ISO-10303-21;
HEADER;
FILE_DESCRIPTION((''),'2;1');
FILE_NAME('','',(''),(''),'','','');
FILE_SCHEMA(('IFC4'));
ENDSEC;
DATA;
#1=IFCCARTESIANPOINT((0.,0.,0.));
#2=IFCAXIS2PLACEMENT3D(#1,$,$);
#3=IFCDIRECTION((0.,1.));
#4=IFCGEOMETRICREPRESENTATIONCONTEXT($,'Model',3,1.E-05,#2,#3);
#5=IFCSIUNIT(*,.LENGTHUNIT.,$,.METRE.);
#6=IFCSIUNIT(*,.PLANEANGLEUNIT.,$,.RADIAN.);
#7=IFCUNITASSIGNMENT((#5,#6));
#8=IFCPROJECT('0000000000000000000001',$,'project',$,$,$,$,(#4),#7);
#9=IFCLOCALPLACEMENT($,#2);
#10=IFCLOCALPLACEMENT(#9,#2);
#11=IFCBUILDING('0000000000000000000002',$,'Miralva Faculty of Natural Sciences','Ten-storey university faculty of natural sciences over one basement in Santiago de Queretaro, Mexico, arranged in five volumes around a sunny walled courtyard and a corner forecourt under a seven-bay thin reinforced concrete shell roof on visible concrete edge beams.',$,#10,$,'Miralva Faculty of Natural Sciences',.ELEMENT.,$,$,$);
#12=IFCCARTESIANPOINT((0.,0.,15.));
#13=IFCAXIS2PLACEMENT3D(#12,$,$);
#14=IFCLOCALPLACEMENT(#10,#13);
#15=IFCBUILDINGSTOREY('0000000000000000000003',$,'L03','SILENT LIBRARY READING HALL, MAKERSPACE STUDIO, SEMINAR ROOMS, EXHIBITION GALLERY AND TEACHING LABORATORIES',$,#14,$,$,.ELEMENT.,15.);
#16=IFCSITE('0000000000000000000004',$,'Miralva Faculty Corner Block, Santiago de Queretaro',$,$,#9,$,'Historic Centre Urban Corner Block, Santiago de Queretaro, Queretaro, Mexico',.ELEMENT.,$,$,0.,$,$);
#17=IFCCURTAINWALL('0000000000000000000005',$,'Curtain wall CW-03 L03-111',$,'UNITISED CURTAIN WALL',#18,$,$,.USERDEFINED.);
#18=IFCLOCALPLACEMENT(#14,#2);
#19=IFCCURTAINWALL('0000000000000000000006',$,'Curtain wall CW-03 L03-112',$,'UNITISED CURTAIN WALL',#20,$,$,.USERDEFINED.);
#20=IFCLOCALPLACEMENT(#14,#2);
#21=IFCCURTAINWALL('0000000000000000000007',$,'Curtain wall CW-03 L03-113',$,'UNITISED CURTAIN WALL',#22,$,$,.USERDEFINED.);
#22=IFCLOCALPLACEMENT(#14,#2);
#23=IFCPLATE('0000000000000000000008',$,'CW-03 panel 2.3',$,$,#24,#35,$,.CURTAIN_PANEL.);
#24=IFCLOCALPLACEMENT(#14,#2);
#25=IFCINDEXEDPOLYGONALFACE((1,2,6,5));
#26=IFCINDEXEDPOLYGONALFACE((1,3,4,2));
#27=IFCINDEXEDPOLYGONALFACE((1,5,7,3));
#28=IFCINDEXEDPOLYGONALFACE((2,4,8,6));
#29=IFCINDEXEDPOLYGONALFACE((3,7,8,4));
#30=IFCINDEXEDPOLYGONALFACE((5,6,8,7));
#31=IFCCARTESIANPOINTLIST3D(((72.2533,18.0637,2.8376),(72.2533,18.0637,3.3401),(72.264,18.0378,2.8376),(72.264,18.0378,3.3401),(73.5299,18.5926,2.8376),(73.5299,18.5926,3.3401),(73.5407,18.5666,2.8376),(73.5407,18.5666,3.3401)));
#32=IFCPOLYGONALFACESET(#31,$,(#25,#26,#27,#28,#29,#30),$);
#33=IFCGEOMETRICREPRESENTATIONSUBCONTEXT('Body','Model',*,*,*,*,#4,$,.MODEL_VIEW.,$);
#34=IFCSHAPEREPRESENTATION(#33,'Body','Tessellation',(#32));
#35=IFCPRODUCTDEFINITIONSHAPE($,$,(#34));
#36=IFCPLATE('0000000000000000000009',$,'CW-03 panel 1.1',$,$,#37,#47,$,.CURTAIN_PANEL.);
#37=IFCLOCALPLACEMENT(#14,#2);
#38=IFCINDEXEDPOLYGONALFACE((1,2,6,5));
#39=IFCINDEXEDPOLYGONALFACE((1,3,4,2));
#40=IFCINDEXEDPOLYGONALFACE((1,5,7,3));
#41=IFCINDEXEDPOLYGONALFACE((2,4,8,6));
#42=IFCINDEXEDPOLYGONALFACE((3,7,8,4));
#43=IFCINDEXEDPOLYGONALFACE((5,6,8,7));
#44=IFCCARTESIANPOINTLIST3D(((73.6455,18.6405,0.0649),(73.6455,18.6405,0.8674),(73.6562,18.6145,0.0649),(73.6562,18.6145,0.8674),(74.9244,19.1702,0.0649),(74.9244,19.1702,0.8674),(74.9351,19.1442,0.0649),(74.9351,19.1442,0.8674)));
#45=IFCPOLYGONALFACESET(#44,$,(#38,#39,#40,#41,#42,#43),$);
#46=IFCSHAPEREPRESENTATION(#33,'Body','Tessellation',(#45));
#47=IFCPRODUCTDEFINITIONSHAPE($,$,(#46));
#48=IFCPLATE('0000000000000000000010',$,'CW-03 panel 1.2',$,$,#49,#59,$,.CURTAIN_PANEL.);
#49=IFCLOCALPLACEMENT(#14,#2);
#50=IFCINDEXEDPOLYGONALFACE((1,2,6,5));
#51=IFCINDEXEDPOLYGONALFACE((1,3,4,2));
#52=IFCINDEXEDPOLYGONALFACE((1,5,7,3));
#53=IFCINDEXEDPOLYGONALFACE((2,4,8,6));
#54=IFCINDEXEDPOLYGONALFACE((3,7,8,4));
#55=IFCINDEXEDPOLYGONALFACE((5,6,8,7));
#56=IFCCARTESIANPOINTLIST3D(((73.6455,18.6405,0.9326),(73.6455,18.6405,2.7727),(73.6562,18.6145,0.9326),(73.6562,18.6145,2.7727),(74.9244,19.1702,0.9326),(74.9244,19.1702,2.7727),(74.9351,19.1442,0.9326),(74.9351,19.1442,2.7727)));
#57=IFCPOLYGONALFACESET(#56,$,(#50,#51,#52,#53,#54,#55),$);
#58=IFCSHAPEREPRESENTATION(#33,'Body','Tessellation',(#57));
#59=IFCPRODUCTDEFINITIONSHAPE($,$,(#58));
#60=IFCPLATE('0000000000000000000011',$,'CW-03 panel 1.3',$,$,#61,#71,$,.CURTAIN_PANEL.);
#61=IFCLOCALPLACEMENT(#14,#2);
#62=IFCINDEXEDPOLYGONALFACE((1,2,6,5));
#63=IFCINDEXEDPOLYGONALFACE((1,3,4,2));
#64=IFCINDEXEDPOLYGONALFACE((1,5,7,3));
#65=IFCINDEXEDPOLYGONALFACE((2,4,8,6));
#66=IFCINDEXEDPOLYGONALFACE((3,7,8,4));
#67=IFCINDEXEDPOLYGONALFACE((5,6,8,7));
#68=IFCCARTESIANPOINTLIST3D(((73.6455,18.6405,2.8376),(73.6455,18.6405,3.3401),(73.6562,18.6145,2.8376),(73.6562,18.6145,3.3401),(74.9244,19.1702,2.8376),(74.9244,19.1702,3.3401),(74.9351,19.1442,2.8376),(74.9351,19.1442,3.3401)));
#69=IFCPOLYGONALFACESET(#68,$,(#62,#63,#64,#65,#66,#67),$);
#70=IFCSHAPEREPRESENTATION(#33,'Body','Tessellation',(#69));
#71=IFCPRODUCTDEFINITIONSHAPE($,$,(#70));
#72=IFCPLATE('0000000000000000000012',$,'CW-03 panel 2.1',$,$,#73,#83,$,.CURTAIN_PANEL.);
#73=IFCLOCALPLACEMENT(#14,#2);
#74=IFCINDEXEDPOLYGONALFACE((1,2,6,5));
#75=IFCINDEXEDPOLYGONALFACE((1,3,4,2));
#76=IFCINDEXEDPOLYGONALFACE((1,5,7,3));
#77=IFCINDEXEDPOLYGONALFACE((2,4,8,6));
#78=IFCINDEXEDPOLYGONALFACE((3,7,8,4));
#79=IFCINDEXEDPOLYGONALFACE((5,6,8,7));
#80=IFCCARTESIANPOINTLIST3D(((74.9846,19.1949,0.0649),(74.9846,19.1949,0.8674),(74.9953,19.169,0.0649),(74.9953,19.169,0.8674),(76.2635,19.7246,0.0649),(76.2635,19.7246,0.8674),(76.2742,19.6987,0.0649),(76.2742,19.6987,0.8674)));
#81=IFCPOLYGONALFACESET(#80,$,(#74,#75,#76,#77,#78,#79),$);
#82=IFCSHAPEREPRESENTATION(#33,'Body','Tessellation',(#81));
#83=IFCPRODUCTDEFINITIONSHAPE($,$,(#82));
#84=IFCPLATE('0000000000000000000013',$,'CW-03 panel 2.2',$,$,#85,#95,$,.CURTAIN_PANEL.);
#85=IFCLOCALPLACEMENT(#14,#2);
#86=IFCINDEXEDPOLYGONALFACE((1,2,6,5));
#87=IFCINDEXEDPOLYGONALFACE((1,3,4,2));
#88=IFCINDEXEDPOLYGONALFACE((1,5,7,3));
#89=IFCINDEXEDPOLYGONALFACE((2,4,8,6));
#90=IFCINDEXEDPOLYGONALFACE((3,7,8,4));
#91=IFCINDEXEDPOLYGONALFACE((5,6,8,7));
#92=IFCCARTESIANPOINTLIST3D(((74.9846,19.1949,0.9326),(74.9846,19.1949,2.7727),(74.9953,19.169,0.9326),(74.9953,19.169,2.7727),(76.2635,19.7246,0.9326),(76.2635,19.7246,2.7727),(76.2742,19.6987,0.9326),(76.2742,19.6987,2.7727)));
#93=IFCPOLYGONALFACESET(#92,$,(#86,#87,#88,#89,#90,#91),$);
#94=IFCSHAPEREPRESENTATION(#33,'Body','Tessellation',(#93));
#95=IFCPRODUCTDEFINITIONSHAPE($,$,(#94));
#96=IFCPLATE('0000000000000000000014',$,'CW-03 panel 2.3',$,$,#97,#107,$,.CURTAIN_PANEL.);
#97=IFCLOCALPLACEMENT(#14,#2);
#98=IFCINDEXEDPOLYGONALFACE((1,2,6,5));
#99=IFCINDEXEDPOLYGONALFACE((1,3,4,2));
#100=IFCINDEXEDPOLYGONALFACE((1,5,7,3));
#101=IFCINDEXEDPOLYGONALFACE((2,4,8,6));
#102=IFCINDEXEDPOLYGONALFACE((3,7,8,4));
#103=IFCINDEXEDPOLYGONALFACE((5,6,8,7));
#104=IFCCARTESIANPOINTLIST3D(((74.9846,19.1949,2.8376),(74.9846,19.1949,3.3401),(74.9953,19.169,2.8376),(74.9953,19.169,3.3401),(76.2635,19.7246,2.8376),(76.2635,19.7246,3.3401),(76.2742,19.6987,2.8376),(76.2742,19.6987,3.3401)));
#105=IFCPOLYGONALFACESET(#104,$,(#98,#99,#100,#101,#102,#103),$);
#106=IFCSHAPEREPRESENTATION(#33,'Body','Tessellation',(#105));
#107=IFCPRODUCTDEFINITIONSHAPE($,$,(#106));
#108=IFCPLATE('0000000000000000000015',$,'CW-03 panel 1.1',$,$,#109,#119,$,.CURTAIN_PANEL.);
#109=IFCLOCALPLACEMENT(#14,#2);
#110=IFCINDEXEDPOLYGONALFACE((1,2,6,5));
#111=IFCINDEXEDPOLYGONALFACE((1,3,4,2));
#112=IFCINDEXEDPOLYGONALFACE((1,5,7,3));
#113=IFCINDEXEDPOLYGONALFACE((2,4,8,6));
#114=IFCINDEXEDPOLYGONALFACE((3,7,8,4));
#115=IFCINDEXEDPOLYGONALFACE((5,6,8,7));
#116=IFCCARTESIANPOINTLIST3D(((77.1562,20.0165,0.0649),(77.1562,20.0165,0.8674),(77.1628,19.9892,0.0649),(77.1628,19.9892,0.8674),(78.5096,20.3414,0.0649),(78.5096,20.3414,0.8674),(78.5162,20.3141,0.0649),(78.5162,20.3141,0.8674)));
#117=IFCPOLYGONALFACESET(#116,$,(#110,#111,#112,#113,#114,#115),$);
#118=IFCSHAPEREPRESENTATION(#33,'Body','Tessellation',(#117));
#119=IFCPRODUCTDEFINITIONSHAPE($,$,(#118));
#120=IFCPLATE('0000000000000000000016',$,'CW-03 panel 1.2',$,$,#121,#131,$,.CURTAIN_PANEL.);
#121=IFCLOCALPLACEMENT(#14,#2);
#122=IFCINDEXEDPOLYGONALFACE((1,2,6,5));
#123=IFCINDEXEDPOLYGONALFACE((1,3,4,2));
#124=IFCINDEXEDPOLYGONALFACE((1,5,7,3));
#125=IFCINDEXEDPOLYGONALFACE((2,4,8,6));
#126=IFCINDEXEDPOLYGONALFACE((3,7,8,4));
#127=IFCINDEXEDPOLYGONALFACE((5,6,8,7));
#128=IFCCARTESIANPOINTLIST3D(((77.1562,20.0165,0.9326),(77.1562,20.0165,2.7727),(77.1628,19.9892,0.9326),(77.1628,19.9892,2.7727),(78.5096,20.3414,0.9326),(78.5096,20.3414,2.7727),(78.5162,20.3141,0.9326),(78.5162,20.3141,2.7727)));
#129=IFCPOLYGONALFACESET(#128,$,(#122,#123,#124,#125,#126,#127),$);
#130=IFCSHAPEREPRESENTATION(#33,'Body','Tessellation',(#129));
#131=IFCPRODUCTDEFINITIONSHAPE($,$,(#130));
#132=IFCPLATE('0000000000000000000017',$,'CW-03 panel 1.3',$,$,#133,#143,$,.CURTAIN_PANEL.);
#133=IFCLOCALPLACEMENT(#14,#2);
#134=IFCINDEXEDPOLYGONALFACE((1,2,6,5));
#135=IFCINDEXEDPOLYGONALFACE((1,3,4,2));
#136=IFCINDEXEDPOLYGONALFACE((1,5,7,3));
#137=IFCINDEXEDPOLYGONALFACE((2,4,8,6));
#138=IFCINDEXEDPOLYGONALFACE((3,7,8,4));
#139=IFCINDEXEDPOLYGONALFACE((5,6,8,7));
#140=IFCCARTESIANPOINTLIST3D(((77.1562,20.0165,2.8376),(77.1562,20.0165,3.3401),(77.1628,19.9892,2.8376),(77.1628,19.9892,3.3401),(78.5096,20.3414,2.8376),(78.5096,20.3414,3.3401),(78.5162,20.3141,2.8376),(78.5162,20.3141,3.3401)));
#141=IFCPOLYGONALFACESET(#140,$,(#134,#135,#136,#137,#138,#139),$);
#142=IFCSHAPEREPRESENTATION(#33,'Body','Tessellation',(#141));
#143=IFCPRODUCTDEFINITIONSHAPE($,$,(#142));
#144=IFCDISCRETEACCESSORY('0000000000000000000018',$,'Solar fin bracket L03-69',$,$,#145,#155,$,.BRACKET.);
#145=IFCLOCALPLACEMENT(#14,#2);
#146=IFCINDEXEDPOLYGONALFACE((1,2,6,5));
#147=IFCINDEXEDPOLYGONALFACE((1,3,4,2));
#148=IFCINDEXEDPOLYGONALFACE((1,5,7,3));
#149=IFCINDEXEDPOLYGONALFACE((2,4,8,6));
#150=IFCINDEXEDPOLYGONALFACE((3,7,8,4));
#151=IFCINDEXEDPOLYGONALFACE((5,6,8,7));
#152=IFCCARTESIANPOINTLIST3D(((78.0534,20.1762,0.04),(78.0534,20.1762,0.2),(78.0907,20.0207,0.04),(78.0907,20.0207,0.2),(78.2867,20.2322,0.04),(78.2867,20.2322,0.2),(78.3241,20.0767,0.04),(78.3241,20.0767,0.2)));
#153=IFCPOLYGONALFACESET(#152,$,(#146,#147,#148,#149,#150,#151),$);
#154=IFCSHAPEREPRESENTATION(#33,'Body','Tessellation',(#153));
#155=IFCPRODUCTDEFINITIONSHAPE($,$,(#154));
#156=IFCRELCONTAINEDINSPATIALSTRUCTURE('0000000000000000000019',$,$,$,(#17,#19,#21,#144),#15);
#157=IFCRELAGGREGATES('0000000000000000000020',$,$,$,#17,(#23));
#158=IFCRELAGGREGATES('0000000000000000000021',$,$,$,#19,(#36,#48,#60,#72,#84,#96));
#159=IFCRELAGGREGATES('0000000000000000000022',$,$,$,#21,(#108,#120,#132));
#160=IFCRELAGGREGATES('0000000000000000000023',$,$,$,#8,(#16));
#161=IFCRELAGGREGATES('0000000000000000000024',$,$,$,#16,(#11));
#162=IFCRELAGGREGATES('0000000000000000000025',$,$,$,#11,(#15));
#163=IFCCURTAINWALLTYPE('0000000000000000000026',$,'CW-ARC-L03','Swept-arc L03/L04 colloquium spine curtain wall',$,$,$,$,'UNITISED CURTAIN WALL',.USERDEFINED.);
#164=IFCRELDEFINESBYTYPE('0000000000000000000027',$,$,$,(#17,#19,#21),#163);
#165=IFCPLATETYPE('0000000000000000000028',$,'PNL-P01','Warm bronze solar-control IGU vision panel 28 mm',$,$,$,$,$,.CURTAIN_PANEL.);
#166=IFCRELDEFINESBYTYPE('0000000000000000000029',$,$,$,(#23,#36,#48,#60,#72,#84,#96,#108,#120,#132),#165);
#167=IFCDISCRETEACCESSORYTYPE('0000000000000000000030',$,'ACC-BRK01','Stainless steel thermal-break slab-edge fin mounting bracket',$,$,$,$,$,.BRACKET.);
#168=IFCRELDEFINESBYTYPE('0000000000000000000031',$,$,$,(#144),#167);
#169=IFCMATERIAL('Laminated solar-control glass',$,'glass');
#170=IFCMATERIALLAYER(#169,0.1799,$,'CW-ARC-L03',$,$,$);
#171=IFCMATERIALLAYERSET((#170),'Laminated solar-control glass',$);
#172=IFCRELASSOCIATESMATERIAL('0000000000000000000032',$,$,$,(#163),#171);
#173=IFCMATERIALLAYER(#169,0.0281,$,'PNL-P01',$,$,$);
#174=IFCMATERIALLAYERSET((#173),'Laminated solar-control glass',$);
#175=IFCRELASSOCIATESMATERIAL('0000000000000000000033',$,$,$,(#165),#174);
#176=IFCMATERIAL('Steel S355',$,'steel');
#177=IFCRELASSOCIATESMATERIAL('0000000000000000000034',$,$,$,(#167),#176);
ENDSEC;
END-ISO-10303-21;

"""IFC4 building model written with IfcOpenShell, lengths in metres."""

from ifc_helpers import new_model, si_unit, direction, frame, origin, origin_2d, place, context, subcontext, project, spatial, rectangle, extrude, material, layer, layer_set, type_object, element, aggregate, save


model = new_model("IFC4")

# Units and contexts
model_context = context("Model", 3, precision=1e-05, world=origin(), true_north=direction((0.0, 1.0)))
body_context = subcontext(model_context, "Body", "Model", "MODEL_VIEW")
ifc_project = project(units=[si_unit("LENGTHUNIT", "METRE"), si_unit("PLANEANGLEUNIT", "RADIAN")], contexts=[model_context])

# Site, building, storey
site_placement = place(None, origin())
site = spatial("IfcSite", under=ifc_project, at=site_placement, Name="Miralva Faculty Corner Block, Santiago de Queretaro", LongName="Historic Centre Urban Corner Block, Santiago de Queretaro, Queretaro, Mexico", CompositionType="ELEMENT", RefElevation=0.0)
building_placement = place(site_placement, origin())
building = spatial("IfcBuilding", under=site, at=building_placement, Name="Miralva Faculty of Natural Sciences", Description="Ten-storey university faculty of natural sciences over one basement in Santiago de Queretaro, Mexico, arranged in five volumes around a sunny walled courtyard and a corner forecourt under a seven-bay thin reinforced concrete shell roof on visible concrete edge beams.", LongName="Miralva Faculty of Natural Sciences", CompositionType="ELEMENT")
storey_placement = place(building_placement, frame((0.0, 0.0, 15.0)))
storey = spatial("IfcBuildingStorey", under=building, at=storey_placement, Name="L03", Description="SILENT LIBRARY READING HALL, MAKERSPACE STUDIO, SEMINAR ROOMS, EXHIBITION GALLERY AND TEACHING LABORATORIES", CompositionType="ELEMENT", Elevation=15.0)

# Curtain walls
ifc_material_1 = material(Name="Laminated solar-control glass", Category="glass")
ifc_layer_1 = layer(ifc_material_1, 0.1799, Name="CW-ARC-L03")
ifc_layer_set_1 = layer_set([ifc_layer_1], Name="Laminated solar-control glass")
curtain_wall_type = type_object("IfcCurtainWallType", Name="CW-ARC-L03", Description="Swept-arc L03/L04 colloquium spine curtain wall", ElementType="UNITISED CURTAIN WALL", PredefinedType="USERDEFINED", material=ifc_layer_set_1)
curtain_wall_1_placement = place(storey_placement, origin())
curtain_wall_1 = element("IfcCurtainWall", 1, at=curtain_wall_1_placement, inside=storey, type_object=curtain_wall_type, Name="Curtain wall CW-03 L03-111", ObjectType="UNITISED CURTAIN WALL", PredefinedType="USERDEFINED")
curtain_wall_2_placement = place(storey_placement, origin())
curtain_wall_2 = element("IfcCurtainWall", 2, at=curtain_wall_2_placement, inside=storey, type_object=curtain_wall_type, Name="Curtain wall CW-03 L03-112", ObjectType="UNITISED CURTAIN WALL", PredefinedType="USERDEFINED")

# Curtain wall
curtain_wall_3_placement = place(storey_placement, origin())
curtain_wall_3 = element("IfcCurtainWall", 3, at=curtain_wall_3_placement, inside=storey, type_object=curtain_wall_type, Name="Curtain wall CW-03 L03-113", ObjectType="UNITISED CURTAIN WALL", PredefinedType="USERDEFINED")

# Plates
ifc_layer_2 = layer(ifc_material_1, 0.0281, Name="PNL-P01")
ifc_layer_set_2 = layer_set([ifc_layer_2], Name="Laminated solar-control glass")
plate_type = type_object("IfcPlateType", Name="PNL-P01", Description="Warm bronze solar-control IGU vision panel 28 mm", PredefinedType="CURTAIN_PANEL", material=ifc_layer_set_2)
plate_1_placement = place(storey_placement, frame((72.897, 18.3152, 2.8376), z_axis=(0.0, 0.0, 1.0), x_axis=(0.923874, 0.382697, 0.0)))
plate_1 = element("IfcPlate", 4, at=plate_1_placement, type_object=plate_type, Name="CW-03 panel 2.3", PredefinedType="CURTAIN_PANEL", context=body_context, shape_type="SweptSolid", body=[
    extrude(rectangle(XDim=1.3818, YDim=0.0281, at=origin_2d()), origin(), (0.0, 0.0, 1.0), 0.5024),
])
aggregate(curtain_wall_1, [plate_1])
plate_2_placement = place(storey_placement, frame((74.2903, 18.8923, 0.0649), z_axis=(0.0, 0.0, 1.0), x_axis=(0.923891, 0.382655, 0.0)))
plate_2 = element("IfcPlate", 5, at=plate_2_placement, type_object=plate_type, Name="CW-03 panel 1.1", PredefinedType="CURTAIN_PANEL", context=body_context, shape_type="SweptSolid", body=[
    extrude(rectangle(XDim=1.3843, YDim=0.0281, at=origin_2d()), origin(), (0.0, 0.0, 1.0), 0.8025),
])
plate_3_placement = place(storey_placement, frame((74.2903, 18.8923, 0.9326), z_axis=(0.0, 0.0, 1.0), x_axis=(0.923891, 0.382655, 0.0)))
plate_3 = element("IfcPlate", 6, at=plate_3_placement, type_object=plate_type, Name="CW-03 panel 1.2", PredefinedType="CURTAIN_PANEL", context=body_context, shape_type="SweptSolid", body=[
    extrude(rectangle(XDim=1.3843, YDim=0.0281, at=origin_2d()), origin(), (0.0, 0.0, 1.0), 1.8401),
])
plate_4_placement = place(storey_placement, frame((74.2903, 18.8923, 2.8376), z_axis=(0.0, 0.0, 1.0), x_axis=(0.923891, 0.382655, 0.0)))
plate_4 = element("IfcPlate", 7, at=plate_4_placement, type_object=plate_type, Name="CW-03 panel 1.3", PredefinedType="CURTAIN_PANEL", context=body_context, shape_type="SweptSolid", body=[
    extrude(rectangle(XDim=1.3843, YDim=0.0281, at=origin_2d()), origin(), (0.0, 0.0, 1.0), 0.5024),
])
plate_5_placement = place(storey_placement, frame((75.6294, 19.4468, 0.0649), z_axis=(0.0, 0.0, 1.0), x_axis=(0.923891, 0.382655, 0.0)))
plate_5 = element("IfcPlate", 8, at=plate_5_placement, type_object=plate_type, Name="CW-03 panel 2.1", PredefinedType="CURTAIN_PANEL", context=body_context, shape_type="SweptSolid", body=[
    extrude(rectangle(XDim=1.3843, YDim=0.0281, at=origin_2d()), origin(), (0.0, 0.0, 1.0), 0.8025),
])
plate_6_placement = place(storey_placement, frame((75.6294, 19.4468, 0.9326), z_axis=(0.0, 0.0, 1.0), x_axis=(0.923891, 0.382655, 0.0)))
plate_6 = element("IfcPlate", 9, at=plate_6_placement, type_object=plate_type, Name="CW-03 panel 2.2", PredefinedType="CURTAIN_PANEL", context=body_context, shape_type="SweptSolid", body=[
    extrude(rectangle(XDim=1.3843, YDim=0.0281, at=origin_2d()), origin(), (0.0, 0.0, 1.0), 1.8401),
])
plate_7_placement = place(storey_placement, frame((75.6294, 19.4468, 2.8376), z_axis=(0.0, 0.0, 1.0), x_axis=(0.923891, 0.382655, 0.0)))
plate_7 = element("IfcPlate", 10, at=plate_7_placement, type_object=plate_type, Name="CW-03 panel 2.3", PredefinedType="CURTAIN_PANEL", context=body_context, shape_type="SweptSolid", body=[
    extrude(rectangle(XDim=1.3843, YDim=0.0281, at=origin_2d()), origin(), (0.0, 0.0, 1.0), 0.5024),
])
aggregate(curtain_wall_2, [plate_2, plate_3, plate_4, plate_5, plate_6, plate_7])
plate_8_placement = place(storey_placement, frame((77.8362, 20.1653, 0.0649), z_axis=(0.0, 0.0, 1.0), x_axis=(0.972367, 0.233457, 0.0)))
plate_8 = element("IfcPlate", 11, at=plate_8_placement, type_object=plate_type, Name="CW-03 panel 1.1", PredefinedType="CURTAIN_PANEL", context=body_context, shape_type="SweptSolid", body=[
    extrude(rectangle(XDim=1.3918, YDim=0.0281, at=origin_2d()), origin(), (0.0, 0.0, 1.0), 0.8025),
])
plate_9_placement = place(storey_placement, frame((77.8362, 20.1653, 0.9326), z_axis=(0.0, 0.0, 1.0), x_axis=(0.972367, 0.233457, 0.0)))
plate_9 = element("IfcPlate", 12, at=plate_9_placement, type_object=plate_type, Name="CW-03 panel 1.2", PredefinedType="CURTAIN_PANEL", context=body_context, shape_type="SweptSolid", body=[
    extrude(rectangle(XDim=1.3918, YDim=0.0281, at=origin_2d()), origin(), (0.0, 0.0, 1.0), 1.8401),
])
plate_10_placement = place(storey_placement, frame((77.8362, 20.1653, 2.8376), z_axis=(0.0, 0.0, 1.0), x_axis=(0.972367, 0.233457, 0.0)))
plate_10 = element("IfcPlate", 13, at=plate_10_placement, type_object=plate_type, Name="CW-03 panel 1.3", PredefinedType="CURTAIN_PANEL", context=body_context, shape_type="SweptSolid", body=[
    extrude(rectangle(XDim=1.3918, YDim=0.0281, at=origin_2d()), origin(), (0.0, 0.0, 1.0), 0.5024),
])
aggregate(curtain_wall_3, [plate_8, plate_9, plate_10])

# Discrete accessory
ifc_material_2 = material(Name="Steel S355", Category="steel")
discrete_accessory_type = type_object("IfcDiscreteAccessoryType", Name="ACC-BRK01", Description="Stainless steel thermal-break slab-edge fin mounting bracket", PredefinedType="BRACKET", material=ifc_material_2)
discrete_accessory_placement = place(storey_placement, frame((78.1887, 20.1265, 0.04), z_axis=(0.0, 0.0, 1.0), x_axis=(0.233445, -0.97237, 0.0)))
element("IfcDiscreteAccessory", 14, at=discrete_accessory_placement, inside=storey, type_object=discrete_accessory_type, Name="Solar fin bracket L03-69", PredefinedType="BRACKET", context=body_context, shape_type="SweptSolid", body=[
    extrude(rectangle(XDim=0.1599, YDim=0.24, at=origin_2d()), origin(), (0.0, 0.0, 1.0), 0.1599),
])

save(model, "model.ifc")
